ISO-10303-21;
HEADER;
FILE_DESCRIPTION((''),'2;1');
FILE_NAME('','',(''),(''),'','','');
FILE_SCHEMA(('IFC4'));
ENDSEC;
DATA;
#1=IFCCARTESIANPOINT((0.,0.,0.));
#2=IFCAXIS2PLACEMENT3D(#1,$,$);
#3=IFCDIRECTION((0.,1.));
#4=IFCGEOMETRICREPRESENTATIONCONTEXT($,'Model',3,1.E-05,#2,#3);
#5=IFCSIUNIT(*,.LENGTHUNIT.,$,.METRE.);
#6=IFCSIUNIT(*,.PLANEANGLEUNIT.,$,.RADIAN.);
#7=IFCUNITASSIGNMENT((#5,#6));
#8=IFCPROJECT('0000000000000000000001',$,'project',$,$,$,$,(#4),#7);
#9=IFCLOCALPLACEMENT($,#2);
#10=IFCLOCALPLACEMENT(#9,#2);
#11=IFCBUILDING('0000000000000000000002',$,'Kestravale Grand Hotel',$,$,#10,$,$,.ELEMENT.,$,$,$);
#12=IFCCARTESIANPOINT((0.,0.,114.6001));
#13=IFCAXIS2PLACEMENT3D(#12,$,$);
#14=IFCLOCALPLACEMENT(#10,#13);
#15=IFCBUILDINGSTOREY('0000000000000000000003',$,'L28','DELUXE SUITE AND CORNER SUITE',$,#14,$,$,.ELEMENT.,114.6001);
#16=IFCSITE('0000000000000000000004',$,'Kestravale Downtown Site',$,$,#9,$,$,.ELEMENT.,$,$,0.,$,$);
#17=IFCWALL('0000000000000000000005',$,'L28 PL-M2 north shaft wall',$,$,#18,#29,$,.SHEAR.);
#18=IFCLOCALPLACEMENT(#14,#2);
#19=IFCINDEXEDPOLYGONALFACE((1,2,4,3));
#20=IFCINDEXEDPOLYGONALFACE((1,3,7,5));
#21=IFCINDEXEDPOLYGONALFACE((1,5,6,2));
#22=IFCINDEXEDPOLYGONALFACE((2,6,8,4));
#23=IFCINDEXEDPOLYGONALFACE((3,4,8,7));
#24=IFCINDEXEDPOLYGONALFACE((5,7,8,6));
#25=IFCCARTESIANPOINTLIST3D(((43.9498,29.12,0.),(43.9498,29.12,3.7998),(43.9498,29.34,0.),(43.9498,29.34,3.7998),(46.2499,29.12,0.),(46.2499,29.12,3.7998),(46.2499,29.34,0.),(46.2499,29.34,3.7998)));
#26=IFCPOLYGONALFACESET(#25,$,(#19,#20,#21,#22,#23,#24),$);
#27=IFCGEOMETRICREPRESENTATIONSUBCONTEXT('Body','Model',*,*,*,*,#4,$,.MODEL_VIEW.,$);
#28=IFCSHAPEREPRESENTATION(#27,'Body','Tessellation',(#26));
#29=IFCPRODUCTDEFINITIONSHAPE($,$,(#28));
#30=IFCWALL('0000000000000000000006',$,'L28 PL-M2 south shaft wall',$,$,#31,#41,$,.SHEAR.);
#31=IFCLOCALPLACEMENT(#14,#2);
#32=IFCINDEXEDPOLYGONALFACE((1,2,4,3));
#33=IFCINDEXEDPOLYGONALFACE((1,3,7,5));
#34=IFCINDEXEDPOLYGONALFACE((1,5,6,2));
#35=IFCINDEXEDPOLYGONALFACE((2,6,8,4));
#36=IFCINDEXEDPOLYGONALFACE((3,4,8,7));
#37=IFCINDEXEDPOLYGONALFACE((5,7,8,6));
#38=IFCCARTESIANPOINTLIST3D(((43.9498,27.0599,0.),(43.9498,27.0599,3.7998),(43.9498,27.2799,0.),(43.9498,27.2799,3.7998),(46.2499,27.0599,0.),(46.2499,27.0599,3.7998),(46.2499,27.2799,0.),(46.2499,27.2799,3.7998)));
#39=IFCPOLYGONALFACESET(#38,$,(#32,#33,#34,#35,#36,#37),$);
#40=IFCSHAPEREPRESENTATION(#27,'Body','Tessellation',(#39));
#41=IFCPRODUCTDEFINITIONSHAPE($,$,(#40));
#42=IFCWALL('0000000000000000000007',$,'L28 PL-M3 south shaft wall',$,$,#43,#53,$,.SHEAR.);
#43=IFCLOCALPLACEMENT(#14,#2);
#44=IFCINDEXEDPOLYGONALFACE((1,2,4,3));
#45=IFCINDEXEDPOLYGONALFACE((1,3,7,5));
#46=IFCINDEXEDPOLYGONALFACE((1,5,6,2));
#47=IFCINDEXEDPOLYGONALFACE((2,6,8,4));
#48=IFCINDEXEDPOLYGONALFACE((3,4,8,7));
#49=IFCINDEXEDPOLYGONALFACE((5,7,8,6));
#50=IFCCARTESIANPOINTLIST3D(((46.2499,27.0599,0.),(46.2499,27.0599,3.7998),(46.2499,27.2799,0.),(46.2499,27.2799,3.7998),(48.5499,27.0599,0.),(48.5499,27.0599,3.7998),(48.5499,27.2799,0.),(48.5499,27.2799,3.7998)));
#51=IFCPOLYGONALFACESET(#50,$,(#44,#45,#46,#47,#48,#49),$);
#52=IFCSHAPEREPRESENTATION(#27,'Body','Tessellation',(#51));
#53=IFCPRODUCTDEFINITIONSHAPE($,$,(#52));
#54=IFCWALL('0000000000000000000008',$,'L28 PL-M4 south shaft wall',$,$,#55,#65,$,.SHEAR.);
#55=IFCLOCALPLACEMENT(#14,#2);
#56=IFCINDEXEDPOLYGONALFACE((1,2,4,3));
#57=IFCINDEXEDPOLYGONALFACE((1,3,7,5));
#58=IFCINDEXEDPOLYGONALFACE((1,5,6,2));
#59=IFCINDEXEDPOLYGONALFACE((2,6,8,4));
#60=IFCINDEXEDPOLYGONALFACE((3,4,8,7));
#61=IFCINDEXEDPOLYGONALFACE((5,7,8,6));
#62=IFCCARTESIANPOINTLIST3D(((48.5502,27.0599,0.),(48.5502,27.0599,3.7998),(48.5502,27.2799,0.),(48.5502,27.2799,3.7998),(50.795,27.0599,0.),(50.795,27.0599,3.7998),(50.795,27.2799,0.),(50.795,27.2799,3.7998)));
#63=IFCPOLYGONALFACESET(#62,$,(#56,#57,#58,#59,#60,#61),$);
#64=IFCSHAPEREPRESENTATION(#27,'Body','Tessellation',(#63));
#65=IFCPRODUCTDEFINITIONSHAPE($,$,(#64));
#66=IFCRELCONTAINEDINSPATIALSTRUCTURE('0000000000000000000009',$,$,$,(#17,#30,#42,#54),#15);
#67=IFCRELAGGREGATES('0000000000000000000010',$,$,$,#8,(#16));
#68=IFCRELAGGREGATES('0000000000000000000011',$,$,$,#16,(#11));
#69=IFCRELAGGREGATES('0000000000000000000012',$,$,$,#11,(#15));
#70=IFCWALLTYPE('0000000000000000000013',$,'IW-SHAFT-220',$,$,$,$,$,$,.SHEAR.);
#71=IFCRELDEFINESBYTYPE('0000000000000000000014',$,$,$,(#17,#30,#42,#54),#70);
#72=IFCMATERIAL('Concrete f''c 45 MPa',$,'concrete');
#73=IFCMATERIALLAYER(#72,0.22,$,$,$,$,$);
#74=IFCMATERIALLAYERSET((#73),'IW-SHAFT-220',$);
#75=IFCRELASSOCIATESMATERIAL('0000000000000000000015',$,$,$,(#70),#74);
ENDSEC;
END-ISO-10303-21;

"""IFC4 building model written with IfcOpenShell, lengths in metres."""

from ifc_helpers import new_model, si_unit, direction, frame, frame_2d, origin, place, context, subcontext, project, spatial, rectangle, extrude, material, layer, layer_set, type_object, element, save


model = new_model("IFC4")

# Units and contexts
model_context = context("Model", 3, precision=1e-05, world=origin(), true_north=direction((0.0, 1.0)))
body_context = subcontext(model_context, "Body", "Model", "MODEL_VIEW")
ifc_project = project(units=[si_unit("LENGTHUNIT", "METRE"), si_unit("PLANEANGLEUNIT", "RADIAN")], contexts=[model_context])

# Site, building, storey
site_placement = place(None, origin())
site = spatial("IfcSite", under=ifc_project, at=site_placement, Name="Kestravale Downtown Site", CompositionType="ELEMENT", RefElevation=0.0)
building_placement = place(site_placement, origin())
building = spatial("IfcBuilding", under=site, at=building_placement, Name="Kestravale Grand Hotel", CompositionType="ELEMENT")
storey_placement = place(building_placement, frame((0.0, 0.0, 114.6001)))
storey = spatial("IfcBuildingStorey", under=building, at=storey_placement, Name="L28", Description="DELUXE SUITE AND CORNER SUITE", CompositionType="ELEMENT", Elevation=114.6001)

# Walls
ifc_material_1 = material(Name="Concrete f'c 45 MPa", Category="concrete")
ifc_layer_1 = layer(ifc_material_1, 0.22)
ifc_layer_set_1 = layer_set([ifc_layer_1], Name="IW-SHAFT-220")
wall_type_1 = type_object("IfcWallType", Name="IW-SHAFT-220", PredefinedType="SHEAR", material=ifc_layer_set_1)
for number, where, z_axis, x_axis, name in (
    (1, (43.95, 29.23, 0.0), (0.0, 0.0, 1.0), (1.0, 0.0, 0.0), "L28 PL-M2 north shaft wall"),
    (2, (43.95, 27.1699, 0.0), (0.0, 0.0, 1.0), (1.0, 0.0, 0.0), "L28 PL-M2 south shaft wall"),
    (3, (46.25, 27.1699, 0.0), (0.0, 0.0, 1.0), (1.0, 0.0, 0.0), "L28 PL-M3 south shaft wall"),
):
    element("IfcWall", number, at=place(storey_placement, frame(where, z_axis=z_axis, x_axis=x_axis)), inside=storey, type_object=wall_type_1, Name=name, PredefinedType="SHEAR", context=body_context, shape_type="SweptSolid", body=[
        extrude(rectangle(XDim=2.3, YDim=0.22, at=frame_2d((1.1499, 0.0))), origin(), (0.0, 0.0, 1.0), 3.7998),
    ])
wall_1_placement = place(storey_placement, frame((48.55, 27.1699, 0.0), z_axis=(0.0, 0.0, 1.0), x_axis=(1.0, 0.0, 0.0)))
element("IfcWall", 4, at=wall_1_placement, inside=storey, type_object=wall_type_1, Name="L28 PL-M4 south shaft wall", PredefinedType="SHEAR", context=body_context, shape_type="SweptSolid", body=[
    extrude(rectangle(XDim=2.2449, YDim=0.22, at=frame_2d((1.1226, 0.0))), origin(), (0.0, 0.0, 1.0), 3.7998),
])

save(model, "model.ifc")
